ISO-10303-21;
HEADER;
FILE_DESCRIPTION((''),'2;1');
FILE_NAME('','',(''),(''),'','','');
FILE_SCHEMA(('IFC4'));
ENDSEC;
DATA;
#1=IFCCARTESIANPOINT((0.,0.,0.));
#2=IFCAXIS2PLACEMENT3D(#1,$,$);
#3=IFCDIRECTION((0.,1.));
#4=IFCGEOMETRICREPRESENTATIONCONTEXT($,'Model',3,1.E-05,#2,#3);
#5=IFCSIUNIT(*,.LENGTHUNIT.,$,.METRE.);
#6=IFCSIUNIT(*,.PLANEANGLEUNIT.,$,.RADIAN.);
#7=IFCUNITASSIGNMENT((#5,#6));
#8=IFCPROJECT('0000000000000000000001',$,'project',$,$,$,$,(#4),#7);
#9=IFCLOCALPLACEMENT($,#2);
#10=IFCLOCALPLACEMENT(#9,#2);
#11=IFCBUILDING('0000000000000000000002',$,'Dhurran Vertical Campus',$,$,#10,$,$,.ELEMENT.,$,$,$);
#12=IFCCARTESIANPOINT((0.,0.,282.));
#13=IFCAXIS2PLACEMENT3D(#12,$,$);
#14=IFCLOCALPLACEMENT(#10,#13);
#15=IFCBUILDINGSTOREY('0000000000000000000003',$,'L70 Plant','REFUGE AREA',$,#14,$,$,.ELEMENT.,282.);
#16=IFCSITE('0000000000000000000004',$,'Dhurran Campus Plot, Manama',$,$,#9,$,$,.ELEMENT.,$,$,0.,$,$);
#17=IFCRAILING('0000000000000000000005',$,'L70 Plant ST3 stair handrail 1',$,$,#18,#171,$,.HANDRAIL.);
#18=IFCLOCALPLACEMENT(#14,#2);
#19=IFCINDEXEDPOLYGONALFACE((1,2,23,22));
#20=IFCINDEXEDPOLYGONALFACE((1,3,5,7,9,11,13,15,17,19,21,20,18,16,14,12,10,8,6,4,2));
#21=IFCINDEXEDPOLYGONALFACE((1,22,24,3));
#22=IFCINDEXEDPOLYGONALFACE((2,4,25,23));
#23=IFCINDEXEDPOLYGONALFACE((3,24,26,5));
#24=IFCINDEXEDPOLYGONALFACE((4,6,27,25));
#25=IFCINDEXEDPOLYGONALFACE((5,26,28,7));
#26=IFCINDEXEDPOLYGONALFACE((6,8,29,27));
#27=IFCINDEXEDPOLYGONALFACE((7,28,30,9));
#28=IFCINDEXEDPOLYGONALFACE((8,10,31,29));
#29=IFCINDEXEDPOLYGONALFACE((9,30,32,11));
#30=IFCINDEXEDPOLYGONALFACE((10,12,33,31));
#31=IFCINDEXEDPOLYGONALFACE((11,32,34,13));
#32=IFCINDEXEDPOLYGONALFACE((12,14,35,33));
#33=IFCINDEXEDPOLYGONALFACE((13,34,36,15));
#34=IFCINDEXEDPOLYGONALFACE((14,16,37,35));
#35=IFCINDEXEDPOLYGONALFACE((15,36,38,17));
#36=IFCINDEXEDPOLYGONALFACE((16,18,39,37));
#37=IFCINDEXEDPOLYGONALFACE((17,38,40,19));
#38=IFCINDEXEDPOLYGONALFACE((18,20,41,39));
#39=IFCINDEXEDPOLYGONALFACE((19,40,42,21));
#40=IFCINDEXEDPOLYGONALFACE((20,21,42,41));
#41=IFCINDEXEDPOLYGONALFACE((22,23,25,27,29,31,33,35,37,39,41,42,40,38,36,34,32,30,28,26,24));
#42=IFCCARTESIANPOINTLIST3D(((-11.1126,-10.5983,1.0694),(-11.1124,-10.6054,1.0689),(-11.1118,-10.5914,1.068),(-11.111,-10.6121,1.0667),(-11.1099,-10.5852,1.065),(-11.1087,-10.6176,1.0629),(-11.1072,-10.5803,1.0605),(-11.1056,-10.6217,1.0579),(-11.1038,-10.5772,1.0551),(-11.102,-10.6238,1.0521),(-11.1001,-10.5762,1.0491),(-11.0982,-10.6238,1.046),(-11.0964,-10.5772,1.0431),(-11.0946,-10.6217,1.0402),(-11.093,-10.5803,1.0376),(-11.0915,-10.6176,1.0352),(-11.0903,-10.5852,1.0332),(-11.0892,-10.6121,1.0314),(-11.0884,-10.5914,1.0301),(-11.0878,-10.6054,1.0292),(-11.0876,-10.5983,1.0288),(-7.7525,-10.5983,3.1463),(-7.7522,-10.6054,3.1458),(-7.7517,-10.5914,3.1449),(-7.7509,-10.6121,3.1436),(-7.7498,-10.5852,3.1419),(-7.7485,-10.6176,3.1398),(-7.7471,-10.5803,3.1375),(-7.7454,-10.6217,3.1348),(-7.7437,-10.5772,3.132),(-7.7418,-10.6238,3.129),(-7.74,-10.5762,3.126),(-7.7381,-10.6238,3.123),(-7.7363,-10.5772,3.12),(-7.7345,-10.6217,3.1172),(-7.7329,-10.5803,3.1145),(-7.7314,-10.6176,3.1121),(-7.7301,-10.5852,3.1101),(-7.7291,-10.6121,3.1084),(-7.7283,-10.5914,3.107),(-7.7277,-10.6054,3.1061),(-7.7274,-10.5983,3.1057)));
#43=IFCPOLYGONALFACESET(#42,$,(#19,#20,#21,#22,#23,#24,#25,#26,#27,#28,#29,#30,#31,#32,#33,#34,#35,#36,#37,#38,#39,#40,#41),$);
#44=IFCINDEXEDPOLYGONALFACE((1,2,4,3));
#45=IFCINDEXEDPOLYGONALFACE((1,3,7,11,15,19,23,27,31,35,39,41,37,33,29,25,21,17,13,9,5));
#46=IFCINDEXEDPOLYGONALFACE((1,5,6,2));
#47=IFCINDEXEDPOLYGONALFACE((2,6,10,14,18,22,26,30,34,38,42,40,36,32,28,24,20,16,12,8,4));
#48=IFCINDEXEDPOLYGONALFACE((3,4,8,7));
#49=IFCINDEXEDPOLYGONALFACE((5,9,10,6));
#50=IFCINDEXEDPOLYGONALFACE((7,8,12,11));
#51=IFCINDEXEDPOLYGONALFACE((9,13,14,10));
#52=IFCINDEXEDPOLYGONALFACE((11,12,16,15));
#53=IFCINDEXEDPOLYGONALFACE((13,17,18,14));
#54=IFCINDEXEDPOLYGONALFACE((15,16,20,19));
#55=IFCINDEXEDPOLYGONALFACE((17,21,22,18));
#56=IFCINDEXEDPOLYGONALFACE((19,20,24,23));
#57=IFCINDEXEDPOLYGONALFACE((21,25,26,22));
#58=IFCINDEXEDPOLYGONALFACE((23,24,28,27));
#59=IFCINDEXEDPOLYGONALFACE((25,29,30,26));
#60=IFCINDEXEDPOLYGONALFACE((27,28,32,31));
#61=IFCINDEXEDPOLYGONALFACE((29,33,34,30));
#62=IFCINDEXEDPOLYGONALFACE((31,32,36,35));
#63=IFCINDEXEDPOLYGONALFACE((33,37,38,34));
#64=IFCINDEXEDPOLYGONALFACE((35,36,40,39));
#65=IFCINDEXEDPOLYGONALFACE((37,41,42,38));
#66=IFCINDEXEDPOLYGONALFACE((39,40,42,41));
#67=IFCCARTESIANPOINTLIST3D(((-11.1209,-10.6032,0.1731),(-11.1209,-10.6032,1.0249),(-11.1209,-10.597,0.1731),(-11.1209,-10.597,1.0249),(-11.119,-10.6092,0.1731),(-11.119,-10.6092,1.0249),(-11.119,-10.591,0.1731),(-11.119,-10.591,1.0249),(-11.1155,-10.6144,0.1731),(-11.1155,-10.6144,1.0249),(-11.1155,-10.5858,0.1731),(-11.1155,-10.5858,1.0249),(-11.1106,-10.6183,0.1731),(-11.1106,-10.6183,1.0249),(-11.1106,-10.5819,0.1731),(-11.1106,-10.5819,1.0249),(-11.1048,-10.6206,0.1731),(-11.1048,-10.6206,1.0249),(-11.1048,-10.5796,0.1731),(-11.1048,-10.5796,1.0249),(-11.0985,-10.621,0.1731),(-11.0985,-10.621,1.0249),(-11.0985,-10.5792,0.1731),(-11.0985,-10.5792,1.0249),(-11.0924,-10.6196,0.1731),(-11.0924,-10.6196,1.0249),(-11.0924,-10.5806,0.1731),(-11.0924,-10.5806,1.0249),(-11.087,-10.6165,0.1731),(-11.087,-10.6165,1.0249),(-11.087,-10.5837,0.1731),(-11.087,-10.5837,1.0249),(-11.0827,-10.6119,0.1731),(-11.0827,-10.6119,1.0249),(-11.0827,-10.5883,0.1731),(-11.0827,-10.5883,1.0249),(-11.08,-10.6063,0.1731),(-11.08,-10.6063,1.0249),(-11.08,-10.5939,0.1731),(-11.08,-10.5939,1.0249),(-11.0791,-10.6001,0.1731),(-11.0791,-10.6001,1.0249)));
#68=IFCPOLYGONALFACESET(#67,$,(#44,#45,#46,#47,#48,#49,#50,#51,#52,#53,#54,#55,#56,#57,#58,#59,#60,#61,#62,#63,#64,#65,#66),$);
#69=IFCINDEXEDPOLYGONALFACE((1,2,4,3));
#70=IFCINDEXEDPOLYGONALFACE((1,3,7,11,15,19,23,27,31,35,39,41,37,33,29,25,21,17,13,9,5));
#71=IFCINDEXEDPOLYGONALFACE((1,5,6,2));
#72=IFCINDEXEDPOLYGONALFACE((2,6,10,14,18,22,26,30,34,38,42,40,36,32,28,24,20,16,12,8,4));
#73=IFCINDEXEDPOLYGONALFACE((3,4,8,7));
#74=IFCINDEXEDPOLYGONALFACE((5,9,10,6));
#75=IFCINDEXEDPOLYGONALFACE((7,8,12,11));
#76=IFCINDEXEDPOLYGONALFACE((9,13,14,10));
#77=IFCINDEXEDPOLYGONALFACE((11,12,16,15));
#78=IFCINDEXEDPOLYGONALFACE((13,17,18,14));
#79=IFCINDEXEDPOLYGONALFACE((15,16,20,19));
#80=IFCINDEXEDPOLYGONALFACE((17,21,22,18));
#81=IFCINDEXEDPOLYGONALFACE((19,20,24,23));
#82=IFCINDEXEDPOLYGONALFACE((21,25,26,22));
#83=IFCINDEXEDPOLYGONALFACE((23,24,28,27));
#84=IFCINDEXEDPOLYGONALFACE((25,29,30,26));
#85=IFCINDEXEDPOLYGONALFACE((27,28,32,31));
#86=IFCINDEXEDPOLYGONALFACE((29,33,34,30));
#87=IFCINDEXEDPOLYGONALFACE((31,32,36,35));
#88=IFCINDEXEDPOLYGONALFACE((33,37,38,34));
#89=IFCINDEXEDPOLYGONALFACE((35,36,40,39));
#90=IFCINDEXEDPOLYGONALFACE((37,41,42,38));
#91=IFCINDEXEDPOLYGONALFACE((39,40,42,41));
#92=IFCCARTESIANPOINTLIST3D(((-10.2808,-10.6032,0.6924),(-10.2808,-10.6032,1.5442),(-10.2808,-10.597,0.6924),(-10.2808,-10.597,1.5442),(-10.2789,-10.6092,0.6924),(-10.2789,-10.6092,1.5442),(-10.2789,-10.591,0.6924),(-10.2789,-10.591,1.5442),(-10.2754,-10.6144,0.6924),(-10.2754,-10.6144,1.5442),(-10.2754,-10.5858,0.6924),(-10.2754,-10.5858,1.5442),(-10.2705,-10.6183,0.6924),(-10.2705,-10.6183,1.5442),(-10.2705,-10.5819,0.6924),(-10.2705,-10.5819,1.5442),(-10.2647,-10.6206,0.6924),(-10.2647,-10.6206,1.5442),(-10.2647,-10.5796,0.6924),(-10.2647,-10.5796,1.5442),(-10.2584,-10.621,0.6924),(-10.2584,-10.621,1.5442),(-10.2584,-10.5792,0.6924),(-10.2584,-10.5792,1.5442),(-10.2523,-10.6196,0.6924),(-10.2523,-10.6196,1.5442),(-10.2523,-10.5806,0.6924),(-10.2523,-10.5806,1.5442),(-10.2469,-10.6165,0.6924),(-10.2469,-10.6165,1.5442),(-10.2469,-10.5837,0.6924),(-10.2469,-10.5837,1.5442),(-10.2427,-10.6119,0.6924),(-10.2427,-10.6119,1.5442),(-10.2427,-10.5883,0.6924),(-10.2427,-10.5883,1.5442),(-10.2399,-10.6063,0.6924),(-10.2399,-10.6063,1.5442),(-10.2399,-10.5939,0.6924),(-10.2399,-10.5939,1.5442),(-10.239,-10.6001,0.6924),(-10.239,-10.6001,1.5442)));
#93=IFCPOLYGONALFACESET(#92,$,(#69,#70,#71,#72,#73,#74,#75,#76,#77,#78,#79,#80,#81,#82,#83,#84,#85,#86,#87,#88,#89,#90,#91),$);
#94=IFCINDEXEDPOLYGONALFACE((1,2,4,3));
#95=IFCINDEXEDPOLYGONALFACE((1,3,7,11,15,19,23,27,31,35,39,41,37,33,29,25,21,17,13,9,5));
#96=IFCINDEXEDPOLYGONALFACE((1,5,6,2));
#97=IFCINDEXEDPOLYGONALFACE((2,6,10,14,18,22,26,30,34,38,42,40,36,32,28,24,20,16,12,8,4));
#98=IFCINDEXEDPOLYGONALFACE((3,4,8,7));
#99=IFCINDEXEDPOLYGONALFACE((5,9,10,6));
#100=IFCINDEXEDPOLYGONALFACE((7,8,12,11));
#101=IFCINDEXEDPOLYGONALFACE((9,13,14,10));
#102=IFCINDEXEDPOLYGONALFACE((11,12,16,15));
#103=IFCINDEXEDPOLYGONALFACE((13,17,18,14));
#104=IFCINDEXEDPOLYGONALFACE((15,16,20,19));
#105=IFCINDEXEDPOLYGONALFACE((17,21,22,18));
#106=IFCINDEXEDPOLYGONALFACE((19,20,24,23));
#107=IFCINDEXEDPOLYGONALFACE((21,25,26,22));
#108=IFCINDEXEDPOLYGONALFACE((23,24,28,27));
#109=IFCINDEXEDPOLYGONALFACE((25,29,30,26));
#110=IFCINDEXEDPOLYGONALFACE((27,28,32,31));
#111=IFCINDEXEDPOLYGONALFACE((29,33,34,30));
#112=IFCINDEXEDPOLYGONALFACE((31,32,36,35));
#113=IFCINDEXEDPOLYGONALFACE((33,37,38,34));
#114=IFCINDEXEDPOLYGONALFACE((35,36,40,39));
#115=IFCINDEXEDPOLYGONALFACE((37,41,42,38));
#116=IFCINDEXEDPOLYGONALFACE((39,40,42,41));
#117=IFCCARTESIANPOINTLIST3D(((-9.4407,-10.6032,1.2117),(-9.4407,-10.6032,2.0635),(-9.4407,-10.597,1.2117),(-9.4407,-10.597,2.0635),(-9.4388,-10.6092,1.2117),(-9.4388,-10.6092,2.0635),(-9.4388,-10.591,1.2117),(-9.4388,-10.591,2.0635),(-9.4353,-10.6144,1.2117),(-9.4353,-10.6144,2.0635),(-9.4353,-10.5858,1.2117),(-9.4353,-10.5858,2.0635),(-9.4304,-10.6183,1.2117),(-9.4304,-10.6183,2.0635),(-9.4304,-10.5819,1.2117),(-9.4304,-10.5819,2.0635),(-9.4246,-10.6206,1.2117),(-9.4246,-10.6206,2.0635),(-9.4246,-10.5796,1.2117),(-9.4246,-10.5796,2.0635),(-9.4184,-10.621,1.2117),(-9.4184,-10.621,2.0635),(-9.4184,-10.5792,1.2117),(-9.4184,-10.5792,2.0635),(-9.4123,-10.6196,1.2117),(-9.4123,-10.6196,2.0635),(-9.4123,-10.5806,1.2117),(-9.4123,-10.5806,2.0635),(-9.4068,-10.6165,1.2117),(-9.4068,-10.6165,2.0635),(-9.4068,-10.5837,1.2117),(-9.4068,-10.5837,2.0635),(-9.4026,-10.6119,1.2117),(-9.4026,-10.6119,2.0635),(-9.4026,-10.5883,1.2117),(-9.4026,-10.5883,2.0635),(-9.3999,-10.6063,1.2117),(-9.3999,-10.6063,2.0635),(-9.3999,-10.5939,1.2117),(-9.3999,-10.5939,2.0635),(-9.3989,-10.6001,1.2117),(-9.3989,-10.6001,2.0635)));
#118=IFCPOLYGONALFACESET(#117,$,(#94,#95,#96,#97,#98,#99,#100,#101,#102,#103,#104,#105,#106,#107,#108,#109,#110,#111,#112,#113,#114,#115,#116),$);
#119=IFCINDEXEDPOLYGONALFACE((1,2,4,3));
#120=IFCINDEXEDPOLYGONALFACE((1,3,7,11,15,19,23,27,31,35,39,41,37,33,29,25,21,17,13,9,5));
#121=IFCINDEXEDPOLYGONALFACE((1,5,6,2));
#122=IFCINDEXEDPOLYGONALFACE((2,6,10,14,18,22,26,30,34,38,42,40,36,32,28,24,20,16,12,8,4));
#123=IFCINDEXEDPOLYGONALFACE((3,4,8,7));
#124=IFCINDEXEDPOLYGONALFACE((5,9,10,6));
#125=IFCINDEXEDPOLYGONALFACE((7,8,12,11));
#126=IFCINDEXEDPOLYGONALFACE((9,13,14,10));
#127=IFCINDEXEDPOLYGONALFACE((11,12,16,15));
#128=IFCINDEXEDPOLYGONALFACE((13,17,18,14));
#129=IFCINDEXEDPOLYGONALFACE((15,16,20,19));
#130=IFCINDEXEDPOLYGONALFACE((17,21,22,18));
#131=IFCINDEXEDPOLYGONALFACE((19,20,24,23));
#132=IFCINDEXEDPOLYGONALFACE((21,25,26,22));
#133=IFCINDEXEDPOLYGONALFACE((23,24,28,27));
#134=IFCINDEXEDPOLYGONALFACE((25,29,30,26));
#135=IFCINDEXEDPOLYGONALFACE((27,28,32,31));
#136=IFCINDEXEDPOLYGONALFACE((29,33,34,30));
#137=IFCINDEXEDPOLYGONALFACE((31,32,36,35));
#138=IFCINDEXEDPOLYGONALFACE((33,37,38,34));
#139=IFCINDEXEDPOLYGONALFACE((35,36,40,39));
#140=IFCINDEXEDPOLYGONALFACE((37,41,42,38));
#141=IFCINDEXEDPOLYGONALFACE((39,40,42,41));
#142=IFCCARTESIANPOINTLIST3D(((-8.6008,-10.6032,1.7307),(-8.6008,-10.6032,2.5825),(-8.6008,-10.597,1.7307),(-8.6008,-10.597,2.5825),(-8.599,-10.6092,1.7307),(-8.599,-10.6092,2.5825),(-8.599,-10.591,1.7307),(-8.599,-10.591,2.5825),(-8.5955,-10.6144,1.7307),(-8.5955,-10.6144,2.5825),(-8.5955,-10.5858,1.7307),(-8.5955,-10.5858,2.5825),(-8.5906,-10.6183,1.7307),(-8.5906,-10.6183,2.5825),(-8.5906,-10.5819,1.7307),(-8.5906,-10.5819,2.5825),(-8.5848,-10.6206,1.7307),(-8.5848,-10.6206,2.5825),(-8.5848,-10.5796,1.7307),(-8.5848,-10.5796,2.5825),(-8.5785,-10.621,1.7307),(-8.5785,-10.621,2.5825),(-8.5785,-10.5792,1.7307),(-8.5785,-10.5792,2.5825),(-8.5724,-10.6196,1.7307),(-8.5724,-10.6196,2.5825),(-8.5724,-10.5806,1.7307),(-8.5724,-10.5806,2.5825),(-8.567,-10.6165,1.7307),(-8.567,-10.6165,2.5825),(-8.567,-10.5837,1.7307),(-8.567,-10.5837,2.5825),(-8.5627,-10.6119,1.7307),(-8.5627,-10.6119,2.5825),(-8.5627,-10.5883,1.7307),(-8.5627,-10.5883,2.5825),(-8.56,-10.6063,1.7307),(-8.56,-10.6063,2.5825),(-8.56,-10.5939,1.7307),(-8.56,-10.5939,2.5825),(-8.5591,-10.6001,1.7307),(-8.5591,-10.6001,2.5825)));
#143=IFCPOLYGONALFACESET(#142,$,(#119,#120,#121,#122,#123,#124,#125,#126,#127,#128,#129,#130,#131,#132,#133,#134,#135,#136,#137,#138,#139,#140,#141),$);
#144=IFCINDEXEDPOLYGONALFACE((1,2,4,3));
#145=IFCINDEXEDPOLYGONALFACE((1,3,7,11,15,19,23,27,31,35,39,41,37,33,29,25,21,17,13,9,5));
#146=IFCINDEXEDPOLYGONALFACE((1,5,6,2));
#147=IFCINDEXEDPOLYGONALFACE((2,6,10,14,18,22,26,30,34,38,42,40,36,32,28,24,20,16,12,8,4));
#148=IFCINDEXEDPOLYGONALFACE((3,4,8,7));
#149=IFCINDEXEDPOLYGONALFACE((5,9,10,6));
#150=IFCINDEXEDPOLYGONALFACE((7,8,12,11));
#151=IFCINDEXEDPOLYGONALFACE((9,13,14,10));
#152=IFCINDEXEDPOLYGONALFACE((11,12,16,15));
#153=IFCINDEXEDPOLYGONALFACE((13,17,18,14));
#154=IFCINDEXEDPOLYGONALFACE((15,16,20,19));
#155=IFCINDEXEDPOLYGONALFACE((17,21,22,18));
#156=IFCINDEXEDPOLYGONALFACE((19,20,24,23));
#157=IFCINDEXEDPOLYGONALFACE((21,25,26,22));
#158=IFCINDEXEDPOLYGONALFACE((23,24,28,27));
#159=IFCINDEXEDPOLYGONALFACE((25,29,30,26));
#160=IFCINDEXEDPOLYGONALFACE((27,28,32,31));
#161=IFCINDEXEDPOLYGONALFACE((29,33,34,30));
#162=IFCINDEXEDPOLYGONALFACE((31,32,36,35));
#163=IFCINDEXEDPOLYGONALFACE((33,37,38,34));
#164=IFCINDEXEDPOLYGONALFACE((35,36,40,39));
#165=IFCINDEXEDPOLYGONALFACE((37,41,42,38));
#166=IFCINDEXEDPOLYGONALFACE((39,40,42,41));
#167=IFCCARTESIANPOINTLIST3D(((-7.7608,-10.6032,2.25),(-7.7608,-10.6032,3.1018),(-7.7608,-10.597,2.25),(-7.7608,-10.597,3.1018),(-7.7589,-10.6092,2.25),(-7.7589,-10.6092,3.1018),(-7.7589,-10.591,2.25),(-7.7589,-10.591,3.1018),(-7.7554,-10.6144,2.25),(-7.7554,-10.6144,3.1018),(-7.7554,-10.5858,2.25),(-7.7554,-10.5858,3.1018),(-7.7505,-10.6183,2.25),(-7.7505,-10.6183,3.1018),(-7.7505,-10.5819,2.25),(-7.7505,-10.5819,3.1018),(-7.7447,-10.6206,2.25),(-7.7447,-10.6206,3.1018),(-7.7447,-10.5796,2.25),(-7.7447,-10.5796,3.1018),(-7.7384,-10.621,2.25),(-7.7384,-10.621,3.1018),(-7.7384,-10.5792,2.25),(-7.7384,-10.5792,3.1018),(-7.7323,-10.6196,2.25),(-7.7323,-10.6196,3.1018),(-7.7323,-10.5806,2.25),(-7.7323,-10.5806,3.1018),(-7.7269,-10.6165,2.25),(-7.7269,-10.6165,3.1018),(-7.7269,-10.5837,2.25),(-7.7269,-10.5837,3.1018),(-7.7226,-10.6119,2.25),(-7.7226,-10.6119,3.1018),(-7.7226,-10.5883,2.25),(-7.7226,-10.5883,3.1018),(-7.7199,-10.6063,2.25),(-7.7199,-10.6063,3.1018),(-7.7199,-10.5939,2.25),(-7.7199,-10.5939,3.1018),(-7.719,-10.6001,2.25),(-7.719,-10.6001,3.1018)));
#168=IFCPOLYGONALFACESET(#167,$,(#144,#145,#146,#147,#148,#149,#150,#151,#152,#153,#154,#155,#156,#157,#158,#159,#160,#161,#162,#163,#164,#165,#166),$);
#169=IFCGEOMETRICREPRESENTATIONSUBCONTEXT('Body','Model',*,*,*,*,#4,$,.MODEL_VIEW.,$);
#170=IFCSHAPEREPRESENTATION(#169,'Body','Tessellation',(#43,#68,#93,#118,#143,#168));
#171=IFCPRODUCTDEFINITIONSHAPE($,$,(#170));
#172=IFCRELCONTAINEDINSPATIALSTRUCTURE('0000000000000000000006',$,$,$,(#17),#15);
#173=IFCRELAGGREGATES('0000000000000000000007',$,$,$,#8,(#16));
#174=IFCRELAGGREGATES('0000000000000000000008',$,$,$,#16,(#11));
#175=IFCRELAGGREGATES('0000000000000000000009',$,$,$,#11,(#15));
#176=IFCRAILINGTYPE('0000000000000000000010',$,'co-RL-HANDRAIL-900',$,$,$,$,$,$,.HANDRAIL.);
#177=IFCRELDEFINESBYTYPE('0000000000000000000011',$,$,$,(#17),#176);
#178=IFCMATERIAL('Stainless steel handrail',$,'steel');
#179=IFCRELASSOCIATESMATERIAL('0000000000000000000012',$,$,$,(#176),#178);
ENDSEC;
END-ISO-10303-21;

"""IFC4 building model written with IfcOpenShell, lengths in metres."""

from ifc_helpers import new_model, si_unit, direction, frame, origin, origin_2d, place, context, subcontext, project, spatial, circle, extrude, material, type_object, element, save


model = new_model("IFC4")

# Units and contexts
model_context = context("Model", 3, precision=1e-05, world=origin(), true_north=direction((0.0, 1.0)))
body_context = subcontext(model_context, "Body", "Model", "MODEL_VIEW")
ifc_project = project(units=[si_unit("LENGTHUNIT", "METRE"), si_unit("PLANEANGLEUNIT", "RADIAN")], contexts=[model_context])

# Site, building, storey
site_placement = place(None, origin())
site = spatial("IfcSite", under=ifc_project, at=site_placement, Name="Dhurran Campus Plot, Manama", CompositionType="ELEMENT", RefElevation=0.0)
building_placement = place(site_placement, origin())
building = spatial("IfcBuilding", under=site, at=building_placement, Name="Dhurran Vertical Campus", CompositionType="ELEMENT")
storey_placement = place(building_placement, frame((0.0, 0.0, 282.0)))
storey = spatial("IfcBuildingStorey", under=building, at=storey_placement, Name="L70 Plant", Description="REFUGE AREA", CompositionType="ELEMENT", Elevation=282.0)

# Railing
ifc_material_1 = material(Name="Stainless steel handrail", Category="steel")
railing_type_1 = type_object("IfcRailingType", Name="co-RL-HANDRAIL-900", PredefinedType="HANDRAIL", material=ifc_material_1)
railing_1_placement = place(storey_placement, frame((-11.1001, -10.6001, 0.1731)))
element("IfcRailing", 1, at=railing_1_placement, inside=storey, type_object=railing_type_1, Name="L70 Plant ST3 stair handrail 1", PredefinedType="HANDRAIL", context=body_context, shape_type="SweptSolid", body=[
    extrude(circle(Radius=0.0239, at=origin_2d()), frame((0.0, 0.0, 0.876), z_axis=(0.850623, 0.0, 0.525776), x_axis=(0.0, 1.0, 0.0)), (0.0, 0.0, 1.0), 3.9502),
    extrude(circle(Radius=0.021, at=origin_2d()), origin(), (0.0, 0.0, 1.0), 0.8518),
    extrude(circle(Radius=0.021, at=origin_2d()), frame((0.8401, 0.0, 0.5193)), (0.0, 0.0, 1.0), 0.8518),
    extrude(circle(Radius=0.021, at=origin_2d()), frame((1.6802, 0.0, 1.0386)), (0.0, 0.0, 1.0), 0.8518),
    extrude(circle(Radius=0.021, at=origin_2d()), frame((2.52, 0.0, 1.5576)), (0.0, 0.0, 1.0), 0.8518),
    extrude(circle(Radius=0.021, at=origin_2d()), frame((3.3601, 0.0, 2.0769)), (0.0, 0.0, 1.0), 0.8518),
])

save(model, "model.ifc")
